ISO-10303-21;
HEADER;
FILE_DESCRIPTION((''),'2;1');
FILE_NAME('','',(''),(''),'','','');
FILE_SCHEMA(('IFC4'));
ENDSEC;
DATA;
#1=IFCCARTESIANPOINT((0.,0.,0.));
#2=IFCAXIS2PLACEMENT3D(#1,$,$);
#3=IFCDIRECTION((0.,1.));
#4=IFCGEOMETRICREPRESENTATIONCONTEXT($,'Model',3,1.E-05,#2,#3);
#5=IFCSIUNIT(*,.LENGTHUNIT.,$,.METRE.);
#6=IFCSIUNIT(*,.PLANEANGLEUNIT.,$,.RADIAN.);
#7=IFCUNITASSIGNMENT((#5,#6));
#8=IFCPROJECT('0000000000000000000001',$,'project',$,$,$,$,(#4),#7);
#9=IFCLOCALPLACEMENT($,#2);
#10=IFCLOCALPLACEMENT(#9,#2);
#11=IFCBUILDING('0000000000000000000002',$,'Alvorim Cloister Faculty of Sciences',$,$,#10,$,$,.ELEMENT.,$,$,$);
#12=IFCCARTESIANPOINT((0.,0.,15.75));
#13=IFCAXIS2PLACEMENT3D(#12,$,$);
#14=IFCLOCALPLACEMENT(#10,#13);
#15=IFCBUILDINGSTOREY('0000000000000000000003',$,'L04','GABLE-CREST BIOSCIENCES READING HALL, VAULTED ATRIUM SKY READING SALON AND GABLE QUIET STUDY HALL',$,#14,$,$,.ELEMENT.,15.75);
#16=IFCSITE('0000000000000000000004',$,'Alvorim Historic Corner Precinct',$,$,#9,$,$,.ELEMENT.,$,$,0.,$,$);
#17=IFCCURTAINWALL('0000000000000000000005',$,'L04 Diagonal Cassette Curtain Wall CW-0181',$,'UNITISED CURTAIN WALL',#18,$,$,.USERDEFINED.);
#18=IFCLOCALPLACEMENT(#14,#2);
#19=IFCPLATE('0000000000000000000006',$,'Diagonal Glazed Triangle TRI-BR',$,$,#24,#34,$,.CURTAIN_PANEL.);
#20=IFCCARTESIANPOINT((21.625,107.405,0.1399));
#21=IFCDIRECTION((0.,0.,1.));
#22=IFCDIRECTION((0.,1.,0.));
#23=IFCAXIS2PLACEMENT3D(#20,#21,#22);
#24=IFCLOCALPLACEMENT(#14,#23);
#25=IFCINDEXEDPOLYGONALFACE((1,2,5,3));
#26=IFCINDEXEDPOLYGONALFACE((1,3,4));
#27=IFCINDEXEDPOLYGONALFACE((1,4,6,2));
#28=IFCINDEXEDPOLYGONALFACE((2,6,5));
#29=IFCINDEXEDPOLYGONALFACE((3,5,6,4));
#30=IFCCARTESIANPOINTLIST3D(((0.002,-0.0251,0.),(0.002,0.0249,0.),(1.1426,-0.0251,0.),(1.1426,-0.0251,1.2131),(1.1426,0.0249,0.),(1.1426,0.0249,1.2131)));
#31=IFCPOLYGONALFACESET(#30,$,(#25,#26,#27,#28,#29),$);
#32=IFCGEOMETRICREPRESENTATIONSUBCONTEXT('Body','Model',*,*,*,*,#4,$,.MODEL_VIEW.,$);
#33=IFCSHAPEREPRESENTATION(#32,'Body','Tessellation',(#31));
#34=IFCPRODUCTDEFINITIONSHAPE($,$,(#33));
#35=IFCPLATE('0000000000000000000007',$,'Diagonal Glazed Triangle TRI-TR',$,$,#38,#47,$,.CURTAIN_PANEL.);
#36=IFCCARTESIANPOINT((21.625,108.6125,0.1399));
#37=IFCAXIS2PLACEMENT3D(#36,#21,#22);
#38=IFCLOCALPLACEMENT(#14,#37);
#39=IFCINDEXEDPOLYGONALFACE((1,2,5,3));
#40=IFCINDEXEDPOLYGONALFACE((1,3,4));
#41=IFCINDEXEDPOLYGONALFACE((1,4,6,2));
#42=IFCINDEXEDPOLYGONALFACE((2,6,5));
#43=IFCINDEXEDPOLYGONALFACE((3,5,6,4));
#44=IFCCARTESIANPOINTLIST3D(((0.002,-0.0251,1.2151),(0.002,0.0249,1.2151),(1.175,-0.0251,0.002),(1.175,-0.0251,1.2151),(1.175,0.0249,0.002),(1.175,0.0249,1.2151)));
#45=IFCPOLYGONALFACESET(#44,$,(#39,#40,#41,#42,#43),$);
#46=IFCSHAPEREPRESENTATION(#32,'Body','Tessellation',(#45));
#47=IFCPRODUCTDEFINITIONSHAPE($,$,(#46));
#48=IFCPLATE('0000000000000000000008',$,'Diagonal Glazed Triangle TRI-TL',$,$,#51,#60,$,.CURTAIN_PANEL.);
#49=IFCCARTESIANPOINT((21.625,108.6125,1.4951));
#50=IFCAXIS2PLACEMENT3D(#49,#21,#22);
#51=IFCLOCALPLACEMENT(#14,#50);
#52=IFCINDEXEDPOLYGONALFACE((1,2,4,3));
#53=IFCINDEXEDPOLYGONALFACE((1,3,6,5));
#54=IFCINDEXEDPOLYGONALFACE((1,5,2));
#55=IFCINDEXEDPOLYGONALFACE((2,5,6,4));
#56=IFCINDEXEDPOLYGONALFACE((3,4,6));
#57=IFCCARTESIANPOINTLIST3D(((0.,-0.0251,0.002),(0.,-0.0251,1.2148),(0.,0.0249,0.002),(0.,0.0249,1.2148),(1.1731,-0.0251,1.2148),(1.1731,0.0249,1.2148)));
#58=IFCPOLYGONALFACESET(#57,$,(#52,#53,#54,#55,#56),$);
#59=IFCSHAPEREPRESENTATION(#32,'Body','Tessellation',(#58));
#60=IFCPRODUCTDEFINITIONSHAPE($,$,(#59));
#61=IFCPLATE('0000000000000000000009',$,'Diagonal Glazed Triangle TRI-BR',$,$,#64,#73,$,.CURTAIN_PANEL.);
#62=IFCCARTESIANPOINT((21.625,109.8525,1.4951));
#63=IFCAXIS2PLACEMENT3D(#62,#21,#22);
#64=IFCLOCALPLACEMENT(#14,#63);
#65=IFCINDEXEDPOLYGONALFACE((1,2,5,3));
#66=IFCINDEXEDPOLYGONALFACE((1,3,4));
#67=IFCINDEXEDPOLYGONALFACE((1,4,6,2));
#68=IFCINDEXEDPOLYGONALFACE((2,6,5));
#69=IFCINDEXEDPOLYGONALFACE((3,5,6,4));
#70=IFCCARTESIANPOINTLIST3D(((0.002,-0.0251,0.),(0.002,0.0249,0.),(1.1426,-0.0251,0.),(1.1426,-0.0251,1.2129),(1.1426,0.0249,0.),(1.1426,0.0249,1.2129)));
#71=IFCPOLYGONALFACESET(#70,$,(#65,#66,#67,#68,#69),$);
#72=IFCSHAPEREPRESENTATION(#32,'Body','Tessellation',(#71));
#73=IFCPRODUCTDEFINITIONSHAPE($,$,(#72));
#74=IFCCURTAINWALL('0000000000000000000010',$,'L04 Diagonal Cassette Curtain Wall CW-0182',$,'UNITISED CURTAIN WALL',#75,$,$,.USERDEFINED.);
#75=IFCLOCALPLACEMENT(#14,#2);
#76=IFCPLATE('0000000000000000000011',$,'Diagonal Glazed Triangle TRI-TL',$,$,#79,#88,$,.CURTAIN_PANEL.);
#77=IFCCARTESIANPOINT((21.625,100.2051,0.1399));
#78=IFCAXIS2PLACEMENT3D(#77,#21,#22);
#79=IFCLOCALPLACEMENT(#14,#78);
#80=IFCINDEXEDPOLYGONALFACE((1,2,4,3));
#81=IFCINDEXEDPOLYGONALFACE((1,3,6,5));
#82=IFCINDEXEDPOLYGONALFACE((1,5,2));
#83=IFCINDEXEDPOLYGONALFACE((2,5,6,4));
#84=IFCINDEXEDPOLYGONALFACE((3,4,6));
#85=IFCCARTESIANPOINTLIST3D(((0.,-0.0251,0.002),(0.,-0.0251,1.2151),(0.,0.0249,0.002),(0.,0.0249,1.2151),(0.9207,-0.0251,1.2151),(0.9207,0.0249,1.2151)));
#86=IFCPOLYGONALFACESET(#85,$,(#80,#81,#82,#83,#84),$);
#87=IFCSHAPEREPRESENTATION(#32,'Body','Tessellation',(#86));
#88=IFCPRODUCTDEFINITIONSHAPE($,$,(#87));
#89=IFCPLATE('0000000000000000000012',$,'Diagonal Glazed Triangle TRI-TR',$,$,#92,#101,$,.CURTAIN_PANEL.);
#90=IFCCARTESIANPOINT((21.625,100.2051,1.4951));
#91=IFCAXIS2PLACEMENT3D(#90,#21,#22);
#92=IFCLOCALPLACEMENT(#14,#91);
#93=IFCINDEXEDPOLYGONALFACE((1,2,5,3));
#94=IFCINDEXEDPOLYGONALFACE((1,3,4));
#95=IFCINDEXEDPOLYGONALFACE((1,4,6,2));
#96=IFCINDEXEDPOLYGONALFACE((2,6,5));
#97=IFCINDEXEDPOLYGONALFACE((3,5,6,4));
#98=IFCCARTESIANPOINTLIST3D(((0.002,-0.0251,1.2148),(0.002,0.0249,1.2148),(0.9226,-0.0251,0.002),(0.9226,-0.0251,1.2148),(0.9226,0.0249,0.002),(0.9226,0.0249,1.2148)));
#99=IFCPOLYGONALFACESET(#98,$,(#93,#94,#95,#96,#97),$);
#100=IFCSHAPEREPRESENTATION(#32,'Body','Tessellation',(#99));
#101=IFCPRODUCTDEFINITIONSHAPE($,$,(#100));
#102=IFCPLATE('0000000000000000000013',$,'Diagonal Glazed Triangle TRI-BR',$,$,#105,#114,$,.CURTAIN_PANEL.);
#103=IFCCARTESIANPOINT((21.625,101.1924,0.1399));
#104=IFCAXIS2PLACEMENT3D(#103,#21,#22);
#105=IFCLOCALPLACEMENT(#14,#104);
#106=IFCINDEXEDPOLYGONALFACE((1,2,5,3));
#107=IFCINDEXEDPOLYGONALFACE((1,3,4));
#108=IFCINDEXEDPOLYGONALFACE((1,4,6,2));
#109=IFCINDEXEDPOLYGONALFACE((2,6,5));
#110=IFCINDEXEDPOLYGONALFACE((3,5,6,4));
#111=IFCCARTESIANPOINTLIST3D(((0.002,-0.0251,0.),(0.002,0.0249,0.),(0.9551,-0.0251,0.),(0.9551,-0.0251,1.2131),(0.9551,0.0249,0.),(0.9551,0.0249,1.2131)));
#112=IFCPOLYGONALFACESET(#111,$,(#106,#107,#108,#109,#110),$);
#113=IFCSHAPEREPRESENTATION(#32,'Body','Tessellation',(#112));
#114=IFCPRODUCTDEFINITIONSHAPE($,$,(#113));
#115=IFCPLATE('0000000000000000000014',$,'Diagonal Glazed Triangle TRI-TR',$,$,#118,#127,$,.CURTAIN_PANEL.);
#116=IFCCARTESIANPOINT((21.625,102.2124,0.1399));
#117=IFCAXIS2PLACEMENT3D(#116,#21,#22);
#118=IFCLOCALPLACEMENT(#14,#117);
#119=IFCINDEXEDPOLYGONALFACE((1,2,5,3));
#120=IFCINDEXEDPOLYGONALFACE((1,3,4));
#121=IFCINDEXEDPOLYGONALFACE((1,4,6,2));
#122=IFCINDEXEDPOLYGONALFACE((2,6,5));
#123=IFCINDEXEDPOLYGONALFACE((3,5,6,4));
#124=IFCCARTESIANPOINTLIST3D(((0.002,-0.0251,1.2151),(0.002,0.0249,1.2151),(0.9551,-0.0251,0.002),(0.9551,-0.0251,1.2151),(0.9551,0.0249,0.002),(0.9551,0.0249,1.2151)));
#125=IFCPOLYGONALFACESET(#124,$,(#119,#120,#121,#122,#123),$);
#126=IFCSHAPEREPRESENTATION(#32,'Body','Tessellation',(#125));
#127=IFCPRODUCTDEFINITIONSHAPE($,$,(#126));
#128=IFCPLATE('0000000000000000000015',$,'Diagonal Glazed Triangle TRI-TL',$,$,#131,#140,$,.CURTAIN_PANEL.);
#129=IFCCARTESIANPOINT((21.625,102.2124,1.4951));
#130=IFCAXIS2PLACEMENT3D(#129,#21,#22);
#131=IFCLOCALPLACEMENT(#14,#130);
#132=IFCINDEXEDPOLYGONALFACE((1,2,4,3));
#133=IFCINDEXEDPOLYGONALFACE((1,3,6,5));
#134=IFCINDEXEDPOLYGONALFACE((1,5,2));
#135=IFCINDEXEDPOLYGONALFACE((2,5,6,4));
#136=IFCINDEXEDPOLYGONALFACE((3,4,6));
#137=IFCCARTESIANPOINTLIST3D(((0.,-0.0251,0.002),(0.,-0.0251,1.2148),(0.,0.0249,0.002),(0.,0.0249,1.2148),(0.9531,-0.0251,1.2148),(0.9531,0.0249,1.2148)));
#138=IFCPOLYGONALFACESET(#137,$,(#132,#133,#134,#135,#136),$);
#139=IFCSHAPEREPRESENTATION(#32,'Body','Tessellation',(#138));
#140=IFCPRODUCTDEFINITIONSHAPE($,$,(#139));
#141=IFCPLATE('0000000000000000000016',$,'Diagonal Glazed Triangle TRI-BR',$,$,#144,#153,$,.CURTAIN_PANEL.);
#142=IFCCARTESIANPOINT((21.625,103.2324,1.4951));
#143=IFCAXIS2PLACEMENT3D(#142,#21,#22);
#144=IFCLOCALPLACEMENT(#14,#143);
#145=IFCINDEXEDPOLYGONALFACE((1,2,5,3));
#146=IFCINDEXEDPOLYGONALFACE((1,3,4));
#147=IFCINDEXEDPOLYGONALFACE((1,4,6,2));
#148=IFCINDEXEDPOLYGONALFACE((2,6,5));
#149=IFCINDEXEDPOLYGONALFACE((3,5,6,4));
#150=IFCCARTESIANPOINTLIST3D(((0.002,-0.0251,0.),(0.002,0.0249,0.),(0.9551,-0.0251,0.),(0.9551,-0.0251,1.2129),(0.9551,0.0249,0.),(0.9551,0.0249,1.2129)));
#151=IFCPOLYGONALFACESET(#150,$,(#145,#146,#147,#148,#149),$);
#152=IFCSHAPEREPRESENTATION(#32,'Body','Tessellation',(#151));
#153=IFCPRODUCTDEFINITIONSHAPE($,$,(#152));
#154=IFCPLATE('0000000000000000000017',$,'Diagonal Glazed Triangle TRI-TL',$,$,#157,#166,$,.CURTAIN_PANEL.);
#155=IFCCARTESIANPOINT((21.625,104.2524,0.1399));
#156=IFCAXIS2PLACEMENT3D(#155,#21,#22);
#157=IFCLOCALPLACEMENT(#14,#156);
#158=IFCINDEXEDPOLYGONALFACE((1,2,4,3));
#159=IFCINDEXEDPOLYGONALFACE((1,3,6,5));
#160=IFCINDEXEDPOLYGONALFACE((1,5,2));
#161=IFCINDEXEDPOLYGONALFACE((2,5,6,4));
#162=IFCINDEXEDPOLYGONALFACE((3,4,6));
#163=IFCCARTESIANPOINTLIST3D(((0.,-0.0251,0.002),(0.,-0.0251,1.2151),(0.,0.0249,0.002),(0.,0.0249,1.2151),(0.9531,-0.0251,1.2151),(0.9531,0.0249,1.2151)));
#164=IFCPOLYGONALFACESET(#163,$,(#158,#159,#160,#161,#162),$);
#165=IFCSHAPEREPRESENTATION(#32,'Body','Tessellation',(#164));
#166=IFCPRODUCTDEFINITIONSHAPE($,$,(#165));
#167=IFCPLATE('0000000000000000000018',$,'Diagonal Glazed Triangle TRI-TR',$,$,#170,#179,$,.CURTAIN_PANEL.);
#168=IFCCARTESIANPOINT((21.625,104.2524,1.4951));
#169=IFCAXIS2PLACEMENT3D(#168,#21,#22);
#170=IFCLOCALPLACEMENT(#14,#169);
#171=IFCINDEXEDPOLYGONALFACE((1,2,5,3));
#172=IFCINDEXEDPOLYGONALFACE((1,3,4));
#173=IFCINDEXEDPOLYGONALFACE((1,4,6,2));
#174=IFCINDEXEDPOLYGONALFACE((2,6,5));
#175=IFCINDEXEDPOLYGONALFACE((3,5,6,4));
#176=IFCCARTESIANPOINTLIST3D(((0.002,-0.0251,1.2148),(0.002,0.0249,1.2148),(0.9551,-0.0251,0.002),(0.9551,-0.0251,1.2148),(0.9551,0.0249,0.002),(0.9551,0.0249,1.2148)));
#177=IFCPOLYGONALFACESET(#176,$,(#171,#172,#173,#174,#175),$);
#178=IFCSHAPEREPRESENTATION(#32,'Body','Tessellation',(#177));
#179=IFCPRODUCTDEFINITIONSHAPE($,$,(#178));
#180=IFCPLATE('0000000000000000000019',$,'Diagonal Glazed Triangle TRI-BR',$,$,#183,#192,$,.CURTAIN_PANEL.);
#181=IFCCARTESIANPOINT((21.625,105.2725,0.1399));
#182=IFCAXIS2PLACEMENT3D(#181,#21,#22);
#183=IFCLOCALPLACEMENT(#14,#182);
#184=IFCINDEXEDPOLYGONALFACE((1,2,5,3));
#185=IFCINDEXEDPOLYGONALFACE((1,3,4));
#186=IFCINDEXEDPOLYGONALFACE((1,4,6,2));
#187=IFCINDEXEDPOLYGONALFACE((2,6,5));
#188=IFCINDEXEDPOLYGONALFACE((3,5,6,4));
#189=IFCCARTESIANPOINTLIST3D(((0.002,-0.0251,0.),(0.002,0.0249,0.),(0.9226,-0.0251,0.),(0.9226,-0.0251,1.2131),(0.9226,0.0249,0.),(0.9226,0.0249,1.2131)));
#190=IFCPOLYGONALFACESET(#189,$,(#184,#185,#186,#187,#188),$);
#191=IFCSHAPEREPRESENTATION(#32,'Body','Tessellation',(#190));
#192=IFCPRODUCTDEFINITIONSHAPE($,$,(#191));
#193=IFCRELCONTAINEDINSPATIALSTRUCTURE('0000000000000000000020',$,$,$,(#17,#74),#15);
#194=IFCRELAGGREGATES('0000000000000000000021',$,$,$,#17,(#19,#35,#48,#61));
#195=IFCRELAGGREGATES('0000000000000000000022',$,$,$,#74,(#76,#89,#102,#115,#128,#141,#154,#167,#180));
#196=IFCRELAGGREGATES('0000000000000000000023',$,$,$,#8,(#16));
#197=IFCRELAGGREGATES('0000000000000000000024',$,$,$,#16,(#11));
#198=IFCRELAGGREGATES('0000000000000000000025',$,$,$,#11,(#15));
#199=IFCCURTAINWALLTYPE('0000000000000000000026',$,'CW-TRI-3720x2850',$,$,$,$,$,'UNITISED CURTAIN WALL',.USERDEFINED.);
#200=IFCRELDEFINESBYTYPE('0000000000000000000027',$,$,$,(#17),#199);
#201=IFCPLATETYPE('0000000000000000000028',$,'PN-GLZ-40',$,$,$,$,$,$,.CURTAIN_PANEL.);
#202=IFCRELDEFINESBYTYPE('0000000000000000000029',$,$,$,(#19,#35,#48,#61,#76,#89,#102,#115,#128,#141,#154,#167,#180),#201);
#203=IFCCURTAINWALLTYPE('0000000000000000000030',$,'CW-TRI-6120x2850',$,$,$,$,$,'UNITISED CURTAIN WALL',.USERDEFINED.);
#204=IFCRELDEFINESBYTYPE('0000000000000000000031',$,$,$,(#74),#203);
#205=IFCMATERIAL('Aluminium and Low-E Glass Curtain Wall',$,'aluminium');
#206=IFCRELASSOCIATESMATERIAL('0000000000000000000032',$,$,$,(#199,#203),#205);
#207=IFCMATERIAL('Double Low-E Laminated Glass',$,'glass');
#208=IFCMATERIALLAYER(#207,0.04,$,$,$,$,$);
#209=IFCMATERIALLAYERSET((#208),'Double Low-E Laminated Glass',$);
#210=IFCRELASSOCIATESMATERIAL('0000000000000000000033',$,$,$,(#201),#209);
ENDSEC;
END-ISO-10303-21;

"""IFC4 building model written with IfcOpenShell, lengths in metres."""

from ifc_helpers import new_model, si_unit, direction, frame, origin, place, context, subcontext, project, spatial, polyline, outline, extrude, material, layer, layer_set, type_object, element, aggregate, save


model = new_model("IFC4")

# Units and contexts
model_context = context("Model", 3, precision=1e-05, world=origin(), true_north=direction((0.0, 1.0)))
body_context = subcontext(model_context, "Body", "Model", "MODEL_VIEW")
ifc_project = project(units=[si_unit("LENGTHUNIT", "METRE"), si_unit("PLANEANGLEUNIT", "RADIAN")], contexts=[model_context])

# Site, building, storey
site_placement = place(None, origin())
site = spatial("IfcSite", under=ifc_project, at=site_placement, Name="Alvorim Historic Corner Precinct", CompositionType="ELEMENT", RefElevation=0.0)
building_placement = place(site_placement, origin())
building = spatial("IfcBuilding", under=site, at=building_placement, Name="Alvorim Cloister Faculty of Sciences", CompositionType="ELEMENT")
storey_placement = place(building_placement, frame((0.0, 0.0, 15.75)))
storey = spatial("IfcBuildingStorey", under=building, at=storey_placement, Name="L04", Description="GABLE-CREST BIOSCIENCES READING HALL, VAULTED ATRIUM SKY READING SALON AND GABLE QUIET STUDY HALL", CompositionType="ELEMENT", Elevation=15.75)

# Curtain walls, plates
ifc_material_1 = material(Name="Aluminium and Low-E Glass Curtain Wall", Category="aluminium")
curtain_wall_type_1 = type_object("IfcCurtainWallType", Name="CW-TRI-3720x2850", ElementType="UNITISED CURTAIN WALL", PredefinedType="USERDEFINED", material=ifc_material_1)
curtain_wall_1_placement = place(storey_placement, origin())
curtain_wall_1 = element("IfcCurtainWall", 1, at=curtain_wall_1_placement, inside=storey, type_object=curtain_wall_type_1, Name="L04 Diagonal Cassette Curtain Wall CW-0181", ObjectType="UNITISED CURTAIN WALL", PredefinedType="USERDEFINED")
ifc_material_2 = material(Name="Double Low-E Laminated Glass", Category="glass")
ifc_layer_1 = layer(ifc_material_2, 0.04)
ifc_layer_set_1 = layer_set([ifc_layer_1], Name="Double Low-E Laminated Glass")
plate_type = type_object("IfcPlateType", Name="PN-GLZ-40", PredefinedType="CURTAIN_PANEL", material=ifc_layer_set_1)
plate_1_placement = place(storey_placement, frame((21.625, 107.405, 0.1399), z_axis=(0.0, 0.0, 1.0), x_axis=(0.0, 1.0, 0.0)))
plate_1 = element("IfcPlate", 2, at=plate_1_placement, type_object=plate_type, Name="Diagonal Glazed Triangle TRI-BR", PredefinedType="CURTAIN_PANEL", context=body_context, shape_type="SweptSolid", body=[
    extrude(outline(polyline([(0.002, 0.0), (1.1426, 0.0), (1.1426, 1.2131), (0.002, 0.0)])), frame((0.0, 0.0249, 0.0), z_axis=(0.0, -1.0, 0.0), x_axis=(1.0, 0.0, 0.0)), (0.0, 0.0, 1.0), 0.05),
])
plate_2_placement = place(storey_placement, frame((21.625, 108.6125, 0.1399), z_axis=(0.0, 0.0, 1.0), x_axis=(0.0, 1.0, 0.0)))
plate_2 = element("IfcPlate", 3, at=plate_2_placement, type_object=plate_type, Name="Diagonal Glazed Triangle TRI-TR", PredefinedType="CURTAIN_PANEL", context=body_context, shape_type="SweptSolid", body=[
    extrude(outline(polyline([(1.175, 0.002), (1.175, 1.2151), (0.002, 1.2151), (1.175, 0.002)])), frame((0.0, 0.0249, 0.0), z_axis=(0.0, -1.0, 0.0), x_axis=(1.0, 0.0, 0.0)), (0.0, 0.0, 1.0), 0.05),
])
plate_3_placement = place(storey_placement, frame((21.625, 108.6125, 1.4951), z_axis=(0.0, 0.0, 1.0), x_axis=(0.0, 1.0, 0.0)))
plate_3 = element("IfcPlate", 4, at=plate_3_placement, type_object=plate_type, Name="Diagonal Glazed Triangle TRI-TL", PredefinedType="CURTAIN_PANEL", context=body_context, shape_type="SweptSolid", body=[
    extrude(outline(polyline([(1.1731, 1.2148), (0.0, 1.2148), (0.0, 0.002), (1.1731, 1.2148)])), frame((0.0, 0.0249, 0.0), z_axis=(0.0, -1.0, 0.0), x_axis=(1.0, 0.0, 0.0)), (0.0, 0.0, 1.0), 0.05),
])
plate_4_placement = place(storey_placement, frame((21.625, 109.8525, 1.4951), z_axis=(0.0, 0.0, 1.0), x_axis=(0.0, 1.0, 0.0)))
plate_4 = element("IfcPlate", 5, at=plate_4_placement, type_object=plate_type, Name="Diagonal Glazed Triangle TRI-BR", PredefinedType="CURTAIN_PANEL", context=body_context, shape_type="SweptSolid", body=[
    extrude(outline(polyline([(0.002, 0.0), (1.1426, 0.0), (1.1426, 1.2129), (0.002, 0.0)])), frame((0.0, 0.0249, 0.0), z_axis=(0.0, -1.0, 0.0), x_axis=(1.0, 0.0, 0.0)), (0.0, 0.0, 1.0), 0.05),
])
aggregate(curtain_wall_1, [plate_1, plate_2, plate_3, plate_4])
curtain_wall_type_2 = type_object("IfcCurtainWallType", Name="CW-TRI-6120x2850", ElementType="UNITISED CURTAIN WALL", PredefinedType="USERDEFINED", material=ifc_material_1)
curtain_wall_2_placement = place(storey_placement, origin())
curtain_wall_2 = element("IfcCurtainWall", 6, at=curtain_wall_2_placement, inside=storey, type_object=curtain_wall_type_2, Name="L04 Diagonal Cassette Curtain Wall CW-0182", ObjectType="UNITISED CURTAIN WALL", PredefinedType="USERDEFINED")
plate_5_placement = place(storey_placement, frame((21.625, 100.2051, 0.1399), z_axis=(0.0, 0.0, 1.0), x_axis=(0.0, 1.0, 0.0)))
plate_5 = element("IfcPlate", 7, at=plate_5_placement, type_object=plate_type, Name="Diagonal Glazed Triangle TRI-TL", PredefinedType="CURTAIN_PANEL", context=body_context, shape_type="SweptSolid", body=[
    extrude(outline(polyline([(0.9207, 1.2151), (0.0, 1.2151), (0.0, 0.002), (0.9207, 1.2151)])), frame((0.0, 0.0249, 0.0), z_axis=(0.0, -1.0, 0.0), x_axis=(1.0, 0.0, 0.0)), (0.0, 0.0, 1.0), 0.05),
])
plate_6_placement = place(storey_placement, frame((21.625, 100.2051, 1.4951), z_axis=(0.0, 0.0, 1.0), x_axis=(0.0, 1.0, 0.0)))
plate_6 = element("IfcPlate", 8, at=plate_6_placement, type_object=plate_type, Name="Diagonal Glazed Triangle TRI-TR", PredefinedType="CURTAIN_PANEL", context=body_context, shape_type="SweptSolid", body=[
    extrude(outline(polyline([(0.9226, 0.002), (0.9226, 1.2148), (0.002, 1.2148), (0.9226, 0.002)])), frame((0.0, 0.0249, 0.0), z_axis=(0.0, -1.0, 0.0), x_axis=(1.0, 0.0, 0.0)), (0.0, 0.0, 1.0), 0.05),
])
plate_7_placement = place(storey_placement, frame((21.625, 101.1924, 0.1399), z_axis=(0.0, 0.0, 1.0), x_axis=(0.0, 1.0, 0.0)))
plate_7 = element("IfcPlate", 9, at=plate_7_placement, type_object=plate_type, Name="Diagonal Glazed Triangle TRI-BR", PredefinedType="CURTAIN_PANEL", context=body_context, shape_type="SweptSolid", body=[
    extrude(outline(polyline([(0.002, 0.0), (0.9551, 0.0), (0.9551, 1.2131), (0.002, 0.0)])), frame((0.0, 0.0249, 0.0), z_axis=(0.0, -1.0, 0.0), x_axis=(1.0, 0.0, 0.0)), (0.0, 0.0, 1.0), 0.05),
])
plate_8_placement = place(storey_placement, frame((21.625, 102.2124, 0.1399), z_axis=(0.0, 0.0, 1.0), x_axis=(0.0, 1.0, 0.0)))
plate_8 = element("IfcPlate", 10, at=plate_8_placement, type_object=plate_type, Name="Diagonal Glazed Triangle TRI-TR", PredefinedType="CURTAIN_PANEL", context=body_context, shape_type="SweptSolid", body=[
    extrude(outline(polyline([(0.9551, 0.002), (0.9551, 1.2151), (0.002, 1.2151), (0.9551, 0.002)])), frame((0.0, 0.0249, 0.0), z_axis=(0.0, -1.0, 0.0), x_axis=(1.0, 0.0, 0.0)), (0.0, 0.0, 1.0), 0.05),
])
plate_9_placement = place(storey_placement, frame((21.625, 102.2124, 1.4951), z_axis=(0.0, 0.0, 1.0), x_axis=(0.0, 1.0, 0.0)))
plate_9 = element("IfcPlate", 11, at=plate_9_placement, type_object=plate_type, Name="Diagonal Glazed Triangle TRI-TL", PredefinedType="CURTAIN_PANEL", context=body_context, shape_type="SweptSolid", body=[
    extrude(outline(polyline([(0.9531, 1.2148), (0.0, 1.2148), (0.0, 0.002), (0.9531, 1.2148)])), frame((0.0, 0.0249, 0.0), z_axis=(0.0, -1.0, 0.0), x_axis=(1.0, 0.0, 0.0)), (0.0, 0.0, 1.0), 0.05),
])
plate_10_placement = place(storey_placement, frame((21.625, 103.2324, 1.4951), z_axis=(0.0, 0.0, 1.0), x_axis=(0.0, 1.0, 0.0)))
plate_10 = element("IfcPlate", 12, at=plate_10_placement, type_object=plate_type, Name="Diagonal Glazed Triangle TRI-BR", PredefinedType="CURTAIN_PANEL", context=body_context, shape_type="SweptSolid", body=[
    extrude(outline(polyline([(0.002, 0.0), (0.9551, 0.0), (0.9551, 1.2129), (0.002, 0.0)])), frame((0.0, 0.0249, 0.0), z_axis=(0.0, -1.0, 0.0), x_axis=(1.0, 0.0, 0.0)), (0.0, 0.0, 1.0), 0.05),
])
plate_11_placement = place(storey_placement, frame((21.625, 104.2524, 0.1399), z_axis=(0.0, 0.0, 1.0), x_axis=(0.0, 1.0, 0.0)))
plate_11 = element("IfcPlate", 13, at=plate_11_placement, type_object=plate_type, Name="Diagonal Glazed Triangle TRI-TL", PredefinedType="CURTAIN_PANEL", context=body_context, shape_type="SweptSolid", body=[
    extrude(outline(polyline([(0.9531, 1.2151), (0.0, 1.2151), (0.0, 0.002), (0.9531, 1.2151)])), frame((0.0, 0.0249, 0.0), z_axis=(0.0, -1.0, 0.0), x_axis=(1.0, 0.0, 0.0)), (0.0, 0.0, 1.0), 0.05),
])
plate_12_placement = place(storey_placement, frame((21.625, 104.2524, 1.4951), z_axis=(0.0, 0.0, 1.0), x_axis=(0.0, 1.0, 0.0)))
plate_12 = element("IfcPlate", 14, at=plate_12_placement, type_object=plate_type, Name="Diagonal Glazed Triangle TRI-TR", PredefinedType="CURTAIN_PANEL", context=body_context, shape_type="SweptSolid", body=[
    extrude(outline(polyline([(0.9551, 0.002), (0.9551, 1.2148), (0.002, 1.2148), (0.9551, 0.002)])), frame((0.0, 0.0249, 0.0), z_axis=(0.0, -1.0, 0.0), x_axis=(1.0, 0.0, 0.0)), (0.0, 0.0, 1.0), 0.05),
])
plate_13_placement = place(storey_placement, frame((21.625, 105.2725, 0.1399), z_axis=(0.0, 0.0, 1.0), x_axis=(0.0, 1.0, 0.0)))
plate_13 = element("IfcPlate", 15, at=plate_13_placement, type_object=plate_type, Name="Diagonal Glazed Triangle TRI-BR", PredefinedType="CURTAIN_PANEL", context=body_context, shape_type="SweptSolid", body=[
    extrude(outline(polyline([(0.002, 0.0), (0.9226, 0.0), (0.9226, 1.2131), (0.002, 0.0)])), frame((0.0, 0.0249, 0.0), z_axis=(0.0, -1.0, 0.0), x_axis=(1.0, 0.0, 0.0)), (0.0, 0.0, 1.0), 0.05),
])
aggregate(curtain_wall_2, [plate_5, plate_6, plate_7, plate_8, plate_9, plate_10, plate_11, plate_12, plate_13])

save(model, "model.ifc")
